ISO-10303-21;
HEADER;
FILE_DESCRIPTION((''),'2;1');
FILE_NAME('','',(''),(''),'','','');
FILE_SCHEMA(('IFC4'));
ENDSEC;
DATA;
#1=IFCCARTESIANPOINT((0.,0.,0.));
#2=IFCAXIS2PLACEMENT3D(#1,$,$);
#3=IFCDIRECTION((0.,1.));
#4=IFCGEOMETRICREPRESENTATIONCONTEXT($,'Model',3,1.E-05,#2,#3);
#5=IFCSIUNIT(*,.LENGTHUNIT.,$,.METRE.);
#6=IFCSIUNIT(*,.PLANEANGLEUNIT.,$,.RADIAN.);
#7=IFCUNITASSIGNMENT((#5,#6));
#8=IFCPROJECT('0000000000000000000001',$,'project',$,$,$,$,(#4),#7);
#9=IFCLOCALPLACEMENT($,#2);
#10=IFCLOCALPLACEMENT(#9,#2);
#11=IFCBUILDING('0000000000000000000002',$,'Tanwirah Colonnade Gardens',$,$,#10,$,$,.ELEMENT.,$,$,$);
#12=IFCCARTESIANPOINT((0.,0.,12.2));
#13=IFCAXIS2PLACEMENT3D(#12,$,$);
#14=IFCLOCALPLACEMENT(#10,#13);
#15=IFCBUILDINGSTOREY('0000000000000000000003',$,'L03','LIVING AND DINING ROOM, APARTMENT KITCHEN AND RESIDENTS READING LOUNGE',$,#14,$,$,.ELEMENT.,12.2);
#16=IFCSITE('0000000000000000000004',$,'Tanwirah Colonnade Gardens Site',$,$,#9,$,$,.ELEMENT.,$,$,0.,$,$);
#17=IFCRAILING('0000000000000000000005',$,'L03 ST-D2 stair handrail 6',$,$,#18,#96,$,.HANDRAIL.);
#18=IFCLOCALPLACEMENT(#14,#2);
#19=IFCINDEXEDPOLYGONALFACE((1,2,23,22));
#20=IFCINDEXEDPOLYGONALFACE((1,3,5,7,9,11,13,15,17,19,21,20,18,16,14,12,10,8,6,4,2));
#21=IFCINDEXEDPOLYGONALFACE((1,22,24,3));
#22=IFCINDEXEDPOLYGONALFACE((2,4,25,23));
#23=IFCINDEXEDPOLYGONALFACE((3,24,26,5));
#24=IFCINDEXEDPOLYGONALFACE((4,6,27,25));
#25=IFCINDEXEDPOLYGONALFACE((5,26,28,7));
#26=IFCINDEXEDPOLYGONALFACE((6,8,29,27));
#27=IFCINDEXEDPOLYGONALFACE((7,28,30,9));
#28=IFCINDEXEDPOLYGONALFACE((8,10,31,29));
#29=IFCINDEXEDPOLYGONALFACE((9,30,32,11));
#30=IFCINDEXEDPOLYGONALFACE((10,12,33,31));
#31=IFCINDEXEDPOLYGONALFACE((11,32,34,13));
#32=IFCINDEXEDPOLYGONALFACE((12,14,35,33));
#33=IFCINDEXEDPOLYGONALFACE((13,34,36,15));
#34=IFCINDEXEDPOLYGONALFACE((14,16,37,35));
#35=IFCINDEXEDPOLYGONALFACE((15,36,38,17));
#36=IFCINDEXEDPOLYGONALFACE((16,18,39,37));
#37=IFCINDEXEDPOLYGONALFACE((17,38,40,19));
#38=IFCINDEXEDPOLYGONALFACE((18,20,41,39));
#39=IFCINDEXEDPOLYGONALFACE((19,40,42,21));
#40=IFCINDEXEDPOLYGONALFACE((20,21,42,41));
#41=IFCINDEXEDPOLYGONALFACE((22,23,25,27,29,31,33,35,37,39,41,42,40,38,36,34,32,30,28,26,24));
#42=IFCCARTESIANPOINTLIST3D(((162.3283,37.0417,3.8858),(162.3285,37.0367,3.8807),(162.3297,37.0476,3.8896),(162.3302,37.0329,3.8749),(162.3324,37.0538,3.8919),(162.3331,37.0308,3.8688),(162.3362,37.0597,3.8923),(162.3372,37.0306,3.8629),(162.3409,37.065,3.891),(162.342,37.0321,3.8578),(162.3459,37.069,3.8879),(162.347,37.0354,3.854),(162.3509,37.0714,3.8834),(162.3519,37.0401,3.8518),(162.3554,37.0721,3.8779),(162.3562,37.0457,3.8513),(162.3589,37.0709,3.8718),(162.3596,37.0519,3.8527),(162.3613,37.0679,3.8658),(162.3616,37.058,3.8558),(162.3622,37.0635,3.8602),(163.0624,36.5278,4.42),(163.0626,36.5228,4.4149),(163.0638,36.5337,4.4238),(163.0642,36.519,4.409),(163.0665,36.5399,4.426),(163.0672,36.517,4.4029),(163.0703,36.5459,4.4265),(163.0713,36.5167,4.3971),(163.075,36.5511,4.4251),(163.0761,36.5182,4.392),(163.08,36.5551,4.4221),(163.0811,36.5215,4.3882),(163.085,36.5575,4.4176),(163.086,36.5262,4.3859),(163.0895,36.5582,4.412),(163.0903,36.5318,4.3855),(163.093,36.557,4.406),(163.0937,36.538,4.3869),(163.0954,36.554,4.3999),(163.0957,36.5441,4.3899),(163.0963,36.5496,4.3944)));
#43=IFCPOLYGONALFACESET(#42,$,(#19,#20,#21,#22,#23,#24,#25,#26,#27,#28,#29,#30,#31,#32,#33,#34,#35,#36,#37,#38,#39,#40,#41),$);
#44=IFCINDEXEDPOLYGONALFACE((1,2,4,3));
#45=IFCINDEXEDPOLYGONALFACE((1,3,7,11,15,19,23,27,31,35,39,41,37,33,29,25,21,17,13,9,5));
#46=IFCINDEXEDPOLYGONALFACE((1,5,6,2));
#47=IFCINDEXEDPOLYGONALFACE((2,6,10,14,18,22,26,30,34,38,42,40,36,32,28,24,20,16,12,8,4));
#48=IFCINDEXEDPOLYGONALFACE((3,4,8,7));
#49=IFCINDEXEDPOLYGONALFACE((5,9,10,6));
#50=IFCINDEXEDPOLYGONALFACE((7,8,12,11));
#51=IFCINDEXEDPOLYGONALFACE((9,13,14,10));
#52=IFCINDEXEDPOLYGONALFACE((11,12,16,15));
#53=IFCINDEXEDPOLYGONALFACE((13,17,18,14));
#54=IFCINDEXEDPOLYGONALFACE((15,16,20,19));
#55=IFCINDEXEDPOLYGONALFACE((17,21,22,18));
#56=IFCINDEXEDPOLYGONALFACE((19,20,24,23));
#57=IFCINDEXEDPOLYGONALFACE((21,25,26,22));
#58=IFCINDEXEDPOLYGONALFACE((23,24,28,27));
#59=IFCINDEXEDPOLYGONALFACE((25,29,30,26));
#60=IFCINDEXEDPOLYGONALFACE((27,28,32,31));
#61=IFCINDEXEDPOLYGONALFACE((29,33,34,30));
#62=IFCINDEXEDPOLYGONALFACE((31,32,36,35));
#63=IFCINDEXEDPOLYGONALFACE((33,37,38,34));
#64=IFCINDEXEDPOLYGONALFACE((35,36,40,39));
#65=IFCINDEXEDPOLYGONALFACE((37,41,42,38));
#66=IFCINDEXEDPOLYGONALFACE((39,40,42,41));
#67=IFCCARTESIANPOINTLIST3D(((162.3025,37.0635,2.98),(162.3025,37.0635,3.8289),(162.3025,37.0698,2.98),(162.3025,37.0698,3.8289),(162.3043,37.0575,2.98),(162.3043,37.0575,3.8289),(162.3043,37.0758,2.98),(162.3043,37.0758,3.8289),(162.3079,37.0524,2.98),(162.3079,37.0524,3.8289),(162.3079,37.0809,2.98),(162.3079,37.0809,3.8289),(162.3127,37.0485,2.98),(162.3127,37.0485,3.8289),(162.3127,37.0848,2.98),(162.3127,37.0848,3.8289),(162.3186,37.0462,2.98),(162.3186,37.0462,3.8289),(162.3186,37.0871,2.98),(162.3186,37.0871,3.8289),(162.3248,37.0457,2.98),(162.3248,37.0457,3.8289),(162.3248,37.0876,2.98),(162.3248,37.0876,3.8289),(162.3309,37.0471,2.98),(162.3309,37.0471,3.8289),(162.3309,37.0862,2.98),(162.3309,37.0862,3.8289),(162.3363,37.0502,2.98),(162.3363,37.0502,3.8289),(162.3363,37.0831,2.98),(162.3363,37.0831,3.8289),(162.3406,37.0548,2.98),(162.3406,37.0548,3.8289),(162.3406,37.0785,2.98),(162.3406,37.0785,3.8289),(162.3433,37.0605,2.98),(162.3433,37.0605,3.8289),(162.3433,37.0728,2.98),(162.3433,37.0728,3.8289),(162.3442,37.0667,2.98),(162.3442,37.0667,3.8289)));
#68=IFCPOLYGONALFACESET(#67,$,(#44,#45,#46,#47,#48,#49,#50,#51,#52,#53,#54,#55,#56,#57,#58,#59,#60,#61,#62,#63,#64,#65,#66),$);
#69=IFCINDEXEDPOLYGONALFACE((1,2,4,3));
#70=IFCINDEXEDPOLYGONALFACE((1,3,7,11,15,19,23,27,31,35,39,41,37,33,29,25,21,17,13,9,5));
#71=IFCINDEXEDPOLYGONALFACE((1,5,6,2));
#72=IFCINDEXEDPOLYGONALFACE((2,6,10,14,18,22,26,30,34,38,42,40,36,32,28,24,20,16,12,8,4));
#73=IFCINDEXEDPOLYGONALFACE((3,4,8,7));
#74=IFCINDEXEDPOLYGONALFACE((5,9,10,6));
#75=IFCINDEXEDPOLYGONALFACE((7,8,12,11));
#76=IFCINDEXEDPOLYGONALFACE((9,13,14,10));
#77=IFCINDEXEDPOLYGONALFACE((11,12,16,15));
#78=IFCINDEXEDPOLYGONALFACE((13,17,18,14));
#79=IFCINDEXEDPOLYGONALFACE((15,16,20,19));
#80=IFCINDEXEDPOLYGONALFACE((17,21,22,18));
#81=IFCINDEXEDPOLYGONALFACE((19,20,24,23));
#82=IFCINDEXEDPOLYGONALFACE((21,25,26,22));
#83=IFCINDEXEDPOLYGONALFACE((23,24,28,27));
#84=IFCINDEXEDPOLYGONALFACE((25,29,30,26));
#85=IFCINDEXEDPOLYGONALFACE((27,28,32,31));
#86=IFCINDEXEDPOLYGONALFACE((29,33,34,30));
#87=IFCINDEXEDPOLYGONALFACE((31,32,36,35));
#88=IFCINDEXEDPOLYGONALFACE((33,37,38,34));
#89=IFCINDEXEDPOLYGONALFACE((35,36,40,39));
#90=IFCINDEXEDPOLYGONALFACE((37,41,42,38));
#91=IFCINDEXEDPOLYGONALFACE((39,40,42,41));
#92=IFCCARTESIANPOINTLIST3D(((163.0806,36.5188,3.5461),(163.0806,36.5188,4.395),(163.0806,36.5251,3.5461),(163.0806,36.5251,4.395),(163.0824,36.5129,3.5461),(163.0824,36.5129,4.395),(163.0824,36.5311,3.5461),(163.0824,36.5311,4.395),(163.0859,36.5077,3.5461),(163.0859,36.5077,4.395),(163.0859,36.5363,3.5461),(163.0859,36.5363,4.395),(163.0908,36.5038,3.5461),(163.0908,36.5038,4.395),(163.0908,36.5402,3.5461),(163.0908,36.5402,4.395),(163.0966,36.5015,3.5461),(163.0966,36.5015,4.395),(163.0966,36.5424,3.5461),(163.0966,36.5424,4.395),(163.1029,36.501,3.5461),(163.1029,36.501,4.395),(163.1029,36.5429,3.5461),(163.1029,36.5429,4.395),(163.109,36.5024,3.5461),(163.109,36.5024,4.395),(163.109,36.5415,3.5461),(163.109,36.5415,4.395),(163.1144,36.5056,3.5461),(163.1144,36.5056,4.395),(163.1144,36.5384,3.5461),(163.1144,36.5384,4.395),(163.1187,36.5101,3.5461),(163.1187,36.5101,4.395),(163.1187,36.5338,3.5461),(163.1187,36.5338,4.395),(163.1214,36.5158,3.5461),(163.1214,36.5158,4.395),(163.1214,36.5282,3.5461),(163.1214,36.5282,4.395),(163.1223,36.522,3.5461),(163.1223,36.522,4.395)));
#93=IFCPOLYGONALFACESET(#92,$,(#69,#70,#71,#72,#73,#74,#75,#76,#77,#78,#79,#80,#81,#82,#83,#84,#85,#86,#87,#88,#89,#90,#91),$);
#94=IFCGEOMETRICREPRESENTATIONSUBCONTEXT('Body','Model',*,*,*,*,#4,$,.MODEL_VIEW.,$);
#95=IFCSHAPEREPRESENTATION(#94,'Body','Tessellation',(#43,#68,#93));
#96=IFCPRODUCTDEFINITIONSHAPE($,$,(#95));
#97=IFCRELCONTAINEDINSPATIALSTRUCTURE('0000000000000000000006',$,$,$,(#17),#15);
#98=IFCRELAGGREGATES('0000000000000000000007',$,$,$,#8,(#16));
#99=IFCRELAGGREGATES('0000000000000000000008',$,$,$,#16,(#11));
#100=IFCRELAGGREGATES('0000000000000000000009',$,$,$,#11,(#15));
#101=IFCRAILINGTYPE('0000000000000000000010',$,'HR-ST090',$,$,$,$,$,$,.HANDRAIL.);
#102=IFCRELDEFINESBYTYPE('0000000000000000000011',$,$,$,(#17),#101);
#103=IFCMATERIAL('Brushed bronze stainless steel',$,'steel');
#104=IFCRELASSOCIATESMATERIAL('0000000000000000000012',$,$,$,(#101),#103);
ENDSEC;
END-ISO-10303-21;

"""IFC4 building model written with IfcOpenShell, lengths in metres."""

from ifc_helpers import new_model, si_unit, direction, frame, origin, origin_2d, place, context, subcontext, project, spatial, circle, extrude, material, type_object, element, save


model = new_model("IFC4")

# Units and contexts
model_context = context("Model", 3, precision=1e-05, world=origin(), true_north=direction((0.0, 1.0)))
body_context = subcontext(model_context, "Body", "Model", "MODEL_VIEW")
ifc_project = project(units=[si_unit("LENGTHUNIT", "METRE"), si_unit("PLANEANGLEUNIT", "RADIAN")], contexts=[model_context])

# Site, building, storey
site_placement = place(None, origin())
site = spatial("IfcSite", under=ifc_project, at=site_placement, Name="Tanwirah Colonnade Gardens Site", CompositionType="ELEMENT", RefElevation=0.0)
building_placement = place(site_placement, origin())
building = spatial("IfcBuilding", under=site, at=building_placement, Name="Tanwirah Colonnade Gardens", CompositionType="ELEMENT")
storey_placement = place(building_placement, frame((0.0, 0.0, 12.2)))
storey = spatial("IfcBuildingStorey", under=building, at=storey_placement, Name="L03", Description="LIVING AND DINING ROOM, APARTMENT KITCHEN AND RESIDENTS READING LOUNGE", CompositionType="ELEMENT", Elevation=12.2)

# Railing
ifc_material_1 = material(Name="Brushed bronze stainless steel", Category="steel")
railing_type_1 = type_object("IfcRailingType", Name="HR-ST090", PredefinedType="HANDRAIL", material=ifc_material_1)
railing_1_placement = place(storey_placement, frame((162.3232, 37.0667, 2.98)))
element("IfcRailing", 1, at=railing_1_placement, inside=storey, type_object=railing_type_1, Name="L03 ST-D2 stair handrail 6", PredefinedType="HANDRAIL", context=body_context, shape_type="SweptSolid", body=[
    extrude(circle(Radius=0.0239, at=origin_2d()), frame((0.022, -0.0154, 0.8918), z_axis=(0.703683, -0.4926, 0.51203), x_axis=(0.57348, 0.81922, 0.0)), (0.0, 0.0, 1.0), 1.0432),
    extrude(circle(Radius=0.021, at=origin_2d()), origin(), (0.0, 0.0, 1.0), 0.8489),
    extrude(circle(Radius=0.021, at=origin_2d()), frame((0.7781, -0.5447, 0.5662)), (0.0, 0.0, 1.0), 0.8489),
])

save(model, "model.ifc")
